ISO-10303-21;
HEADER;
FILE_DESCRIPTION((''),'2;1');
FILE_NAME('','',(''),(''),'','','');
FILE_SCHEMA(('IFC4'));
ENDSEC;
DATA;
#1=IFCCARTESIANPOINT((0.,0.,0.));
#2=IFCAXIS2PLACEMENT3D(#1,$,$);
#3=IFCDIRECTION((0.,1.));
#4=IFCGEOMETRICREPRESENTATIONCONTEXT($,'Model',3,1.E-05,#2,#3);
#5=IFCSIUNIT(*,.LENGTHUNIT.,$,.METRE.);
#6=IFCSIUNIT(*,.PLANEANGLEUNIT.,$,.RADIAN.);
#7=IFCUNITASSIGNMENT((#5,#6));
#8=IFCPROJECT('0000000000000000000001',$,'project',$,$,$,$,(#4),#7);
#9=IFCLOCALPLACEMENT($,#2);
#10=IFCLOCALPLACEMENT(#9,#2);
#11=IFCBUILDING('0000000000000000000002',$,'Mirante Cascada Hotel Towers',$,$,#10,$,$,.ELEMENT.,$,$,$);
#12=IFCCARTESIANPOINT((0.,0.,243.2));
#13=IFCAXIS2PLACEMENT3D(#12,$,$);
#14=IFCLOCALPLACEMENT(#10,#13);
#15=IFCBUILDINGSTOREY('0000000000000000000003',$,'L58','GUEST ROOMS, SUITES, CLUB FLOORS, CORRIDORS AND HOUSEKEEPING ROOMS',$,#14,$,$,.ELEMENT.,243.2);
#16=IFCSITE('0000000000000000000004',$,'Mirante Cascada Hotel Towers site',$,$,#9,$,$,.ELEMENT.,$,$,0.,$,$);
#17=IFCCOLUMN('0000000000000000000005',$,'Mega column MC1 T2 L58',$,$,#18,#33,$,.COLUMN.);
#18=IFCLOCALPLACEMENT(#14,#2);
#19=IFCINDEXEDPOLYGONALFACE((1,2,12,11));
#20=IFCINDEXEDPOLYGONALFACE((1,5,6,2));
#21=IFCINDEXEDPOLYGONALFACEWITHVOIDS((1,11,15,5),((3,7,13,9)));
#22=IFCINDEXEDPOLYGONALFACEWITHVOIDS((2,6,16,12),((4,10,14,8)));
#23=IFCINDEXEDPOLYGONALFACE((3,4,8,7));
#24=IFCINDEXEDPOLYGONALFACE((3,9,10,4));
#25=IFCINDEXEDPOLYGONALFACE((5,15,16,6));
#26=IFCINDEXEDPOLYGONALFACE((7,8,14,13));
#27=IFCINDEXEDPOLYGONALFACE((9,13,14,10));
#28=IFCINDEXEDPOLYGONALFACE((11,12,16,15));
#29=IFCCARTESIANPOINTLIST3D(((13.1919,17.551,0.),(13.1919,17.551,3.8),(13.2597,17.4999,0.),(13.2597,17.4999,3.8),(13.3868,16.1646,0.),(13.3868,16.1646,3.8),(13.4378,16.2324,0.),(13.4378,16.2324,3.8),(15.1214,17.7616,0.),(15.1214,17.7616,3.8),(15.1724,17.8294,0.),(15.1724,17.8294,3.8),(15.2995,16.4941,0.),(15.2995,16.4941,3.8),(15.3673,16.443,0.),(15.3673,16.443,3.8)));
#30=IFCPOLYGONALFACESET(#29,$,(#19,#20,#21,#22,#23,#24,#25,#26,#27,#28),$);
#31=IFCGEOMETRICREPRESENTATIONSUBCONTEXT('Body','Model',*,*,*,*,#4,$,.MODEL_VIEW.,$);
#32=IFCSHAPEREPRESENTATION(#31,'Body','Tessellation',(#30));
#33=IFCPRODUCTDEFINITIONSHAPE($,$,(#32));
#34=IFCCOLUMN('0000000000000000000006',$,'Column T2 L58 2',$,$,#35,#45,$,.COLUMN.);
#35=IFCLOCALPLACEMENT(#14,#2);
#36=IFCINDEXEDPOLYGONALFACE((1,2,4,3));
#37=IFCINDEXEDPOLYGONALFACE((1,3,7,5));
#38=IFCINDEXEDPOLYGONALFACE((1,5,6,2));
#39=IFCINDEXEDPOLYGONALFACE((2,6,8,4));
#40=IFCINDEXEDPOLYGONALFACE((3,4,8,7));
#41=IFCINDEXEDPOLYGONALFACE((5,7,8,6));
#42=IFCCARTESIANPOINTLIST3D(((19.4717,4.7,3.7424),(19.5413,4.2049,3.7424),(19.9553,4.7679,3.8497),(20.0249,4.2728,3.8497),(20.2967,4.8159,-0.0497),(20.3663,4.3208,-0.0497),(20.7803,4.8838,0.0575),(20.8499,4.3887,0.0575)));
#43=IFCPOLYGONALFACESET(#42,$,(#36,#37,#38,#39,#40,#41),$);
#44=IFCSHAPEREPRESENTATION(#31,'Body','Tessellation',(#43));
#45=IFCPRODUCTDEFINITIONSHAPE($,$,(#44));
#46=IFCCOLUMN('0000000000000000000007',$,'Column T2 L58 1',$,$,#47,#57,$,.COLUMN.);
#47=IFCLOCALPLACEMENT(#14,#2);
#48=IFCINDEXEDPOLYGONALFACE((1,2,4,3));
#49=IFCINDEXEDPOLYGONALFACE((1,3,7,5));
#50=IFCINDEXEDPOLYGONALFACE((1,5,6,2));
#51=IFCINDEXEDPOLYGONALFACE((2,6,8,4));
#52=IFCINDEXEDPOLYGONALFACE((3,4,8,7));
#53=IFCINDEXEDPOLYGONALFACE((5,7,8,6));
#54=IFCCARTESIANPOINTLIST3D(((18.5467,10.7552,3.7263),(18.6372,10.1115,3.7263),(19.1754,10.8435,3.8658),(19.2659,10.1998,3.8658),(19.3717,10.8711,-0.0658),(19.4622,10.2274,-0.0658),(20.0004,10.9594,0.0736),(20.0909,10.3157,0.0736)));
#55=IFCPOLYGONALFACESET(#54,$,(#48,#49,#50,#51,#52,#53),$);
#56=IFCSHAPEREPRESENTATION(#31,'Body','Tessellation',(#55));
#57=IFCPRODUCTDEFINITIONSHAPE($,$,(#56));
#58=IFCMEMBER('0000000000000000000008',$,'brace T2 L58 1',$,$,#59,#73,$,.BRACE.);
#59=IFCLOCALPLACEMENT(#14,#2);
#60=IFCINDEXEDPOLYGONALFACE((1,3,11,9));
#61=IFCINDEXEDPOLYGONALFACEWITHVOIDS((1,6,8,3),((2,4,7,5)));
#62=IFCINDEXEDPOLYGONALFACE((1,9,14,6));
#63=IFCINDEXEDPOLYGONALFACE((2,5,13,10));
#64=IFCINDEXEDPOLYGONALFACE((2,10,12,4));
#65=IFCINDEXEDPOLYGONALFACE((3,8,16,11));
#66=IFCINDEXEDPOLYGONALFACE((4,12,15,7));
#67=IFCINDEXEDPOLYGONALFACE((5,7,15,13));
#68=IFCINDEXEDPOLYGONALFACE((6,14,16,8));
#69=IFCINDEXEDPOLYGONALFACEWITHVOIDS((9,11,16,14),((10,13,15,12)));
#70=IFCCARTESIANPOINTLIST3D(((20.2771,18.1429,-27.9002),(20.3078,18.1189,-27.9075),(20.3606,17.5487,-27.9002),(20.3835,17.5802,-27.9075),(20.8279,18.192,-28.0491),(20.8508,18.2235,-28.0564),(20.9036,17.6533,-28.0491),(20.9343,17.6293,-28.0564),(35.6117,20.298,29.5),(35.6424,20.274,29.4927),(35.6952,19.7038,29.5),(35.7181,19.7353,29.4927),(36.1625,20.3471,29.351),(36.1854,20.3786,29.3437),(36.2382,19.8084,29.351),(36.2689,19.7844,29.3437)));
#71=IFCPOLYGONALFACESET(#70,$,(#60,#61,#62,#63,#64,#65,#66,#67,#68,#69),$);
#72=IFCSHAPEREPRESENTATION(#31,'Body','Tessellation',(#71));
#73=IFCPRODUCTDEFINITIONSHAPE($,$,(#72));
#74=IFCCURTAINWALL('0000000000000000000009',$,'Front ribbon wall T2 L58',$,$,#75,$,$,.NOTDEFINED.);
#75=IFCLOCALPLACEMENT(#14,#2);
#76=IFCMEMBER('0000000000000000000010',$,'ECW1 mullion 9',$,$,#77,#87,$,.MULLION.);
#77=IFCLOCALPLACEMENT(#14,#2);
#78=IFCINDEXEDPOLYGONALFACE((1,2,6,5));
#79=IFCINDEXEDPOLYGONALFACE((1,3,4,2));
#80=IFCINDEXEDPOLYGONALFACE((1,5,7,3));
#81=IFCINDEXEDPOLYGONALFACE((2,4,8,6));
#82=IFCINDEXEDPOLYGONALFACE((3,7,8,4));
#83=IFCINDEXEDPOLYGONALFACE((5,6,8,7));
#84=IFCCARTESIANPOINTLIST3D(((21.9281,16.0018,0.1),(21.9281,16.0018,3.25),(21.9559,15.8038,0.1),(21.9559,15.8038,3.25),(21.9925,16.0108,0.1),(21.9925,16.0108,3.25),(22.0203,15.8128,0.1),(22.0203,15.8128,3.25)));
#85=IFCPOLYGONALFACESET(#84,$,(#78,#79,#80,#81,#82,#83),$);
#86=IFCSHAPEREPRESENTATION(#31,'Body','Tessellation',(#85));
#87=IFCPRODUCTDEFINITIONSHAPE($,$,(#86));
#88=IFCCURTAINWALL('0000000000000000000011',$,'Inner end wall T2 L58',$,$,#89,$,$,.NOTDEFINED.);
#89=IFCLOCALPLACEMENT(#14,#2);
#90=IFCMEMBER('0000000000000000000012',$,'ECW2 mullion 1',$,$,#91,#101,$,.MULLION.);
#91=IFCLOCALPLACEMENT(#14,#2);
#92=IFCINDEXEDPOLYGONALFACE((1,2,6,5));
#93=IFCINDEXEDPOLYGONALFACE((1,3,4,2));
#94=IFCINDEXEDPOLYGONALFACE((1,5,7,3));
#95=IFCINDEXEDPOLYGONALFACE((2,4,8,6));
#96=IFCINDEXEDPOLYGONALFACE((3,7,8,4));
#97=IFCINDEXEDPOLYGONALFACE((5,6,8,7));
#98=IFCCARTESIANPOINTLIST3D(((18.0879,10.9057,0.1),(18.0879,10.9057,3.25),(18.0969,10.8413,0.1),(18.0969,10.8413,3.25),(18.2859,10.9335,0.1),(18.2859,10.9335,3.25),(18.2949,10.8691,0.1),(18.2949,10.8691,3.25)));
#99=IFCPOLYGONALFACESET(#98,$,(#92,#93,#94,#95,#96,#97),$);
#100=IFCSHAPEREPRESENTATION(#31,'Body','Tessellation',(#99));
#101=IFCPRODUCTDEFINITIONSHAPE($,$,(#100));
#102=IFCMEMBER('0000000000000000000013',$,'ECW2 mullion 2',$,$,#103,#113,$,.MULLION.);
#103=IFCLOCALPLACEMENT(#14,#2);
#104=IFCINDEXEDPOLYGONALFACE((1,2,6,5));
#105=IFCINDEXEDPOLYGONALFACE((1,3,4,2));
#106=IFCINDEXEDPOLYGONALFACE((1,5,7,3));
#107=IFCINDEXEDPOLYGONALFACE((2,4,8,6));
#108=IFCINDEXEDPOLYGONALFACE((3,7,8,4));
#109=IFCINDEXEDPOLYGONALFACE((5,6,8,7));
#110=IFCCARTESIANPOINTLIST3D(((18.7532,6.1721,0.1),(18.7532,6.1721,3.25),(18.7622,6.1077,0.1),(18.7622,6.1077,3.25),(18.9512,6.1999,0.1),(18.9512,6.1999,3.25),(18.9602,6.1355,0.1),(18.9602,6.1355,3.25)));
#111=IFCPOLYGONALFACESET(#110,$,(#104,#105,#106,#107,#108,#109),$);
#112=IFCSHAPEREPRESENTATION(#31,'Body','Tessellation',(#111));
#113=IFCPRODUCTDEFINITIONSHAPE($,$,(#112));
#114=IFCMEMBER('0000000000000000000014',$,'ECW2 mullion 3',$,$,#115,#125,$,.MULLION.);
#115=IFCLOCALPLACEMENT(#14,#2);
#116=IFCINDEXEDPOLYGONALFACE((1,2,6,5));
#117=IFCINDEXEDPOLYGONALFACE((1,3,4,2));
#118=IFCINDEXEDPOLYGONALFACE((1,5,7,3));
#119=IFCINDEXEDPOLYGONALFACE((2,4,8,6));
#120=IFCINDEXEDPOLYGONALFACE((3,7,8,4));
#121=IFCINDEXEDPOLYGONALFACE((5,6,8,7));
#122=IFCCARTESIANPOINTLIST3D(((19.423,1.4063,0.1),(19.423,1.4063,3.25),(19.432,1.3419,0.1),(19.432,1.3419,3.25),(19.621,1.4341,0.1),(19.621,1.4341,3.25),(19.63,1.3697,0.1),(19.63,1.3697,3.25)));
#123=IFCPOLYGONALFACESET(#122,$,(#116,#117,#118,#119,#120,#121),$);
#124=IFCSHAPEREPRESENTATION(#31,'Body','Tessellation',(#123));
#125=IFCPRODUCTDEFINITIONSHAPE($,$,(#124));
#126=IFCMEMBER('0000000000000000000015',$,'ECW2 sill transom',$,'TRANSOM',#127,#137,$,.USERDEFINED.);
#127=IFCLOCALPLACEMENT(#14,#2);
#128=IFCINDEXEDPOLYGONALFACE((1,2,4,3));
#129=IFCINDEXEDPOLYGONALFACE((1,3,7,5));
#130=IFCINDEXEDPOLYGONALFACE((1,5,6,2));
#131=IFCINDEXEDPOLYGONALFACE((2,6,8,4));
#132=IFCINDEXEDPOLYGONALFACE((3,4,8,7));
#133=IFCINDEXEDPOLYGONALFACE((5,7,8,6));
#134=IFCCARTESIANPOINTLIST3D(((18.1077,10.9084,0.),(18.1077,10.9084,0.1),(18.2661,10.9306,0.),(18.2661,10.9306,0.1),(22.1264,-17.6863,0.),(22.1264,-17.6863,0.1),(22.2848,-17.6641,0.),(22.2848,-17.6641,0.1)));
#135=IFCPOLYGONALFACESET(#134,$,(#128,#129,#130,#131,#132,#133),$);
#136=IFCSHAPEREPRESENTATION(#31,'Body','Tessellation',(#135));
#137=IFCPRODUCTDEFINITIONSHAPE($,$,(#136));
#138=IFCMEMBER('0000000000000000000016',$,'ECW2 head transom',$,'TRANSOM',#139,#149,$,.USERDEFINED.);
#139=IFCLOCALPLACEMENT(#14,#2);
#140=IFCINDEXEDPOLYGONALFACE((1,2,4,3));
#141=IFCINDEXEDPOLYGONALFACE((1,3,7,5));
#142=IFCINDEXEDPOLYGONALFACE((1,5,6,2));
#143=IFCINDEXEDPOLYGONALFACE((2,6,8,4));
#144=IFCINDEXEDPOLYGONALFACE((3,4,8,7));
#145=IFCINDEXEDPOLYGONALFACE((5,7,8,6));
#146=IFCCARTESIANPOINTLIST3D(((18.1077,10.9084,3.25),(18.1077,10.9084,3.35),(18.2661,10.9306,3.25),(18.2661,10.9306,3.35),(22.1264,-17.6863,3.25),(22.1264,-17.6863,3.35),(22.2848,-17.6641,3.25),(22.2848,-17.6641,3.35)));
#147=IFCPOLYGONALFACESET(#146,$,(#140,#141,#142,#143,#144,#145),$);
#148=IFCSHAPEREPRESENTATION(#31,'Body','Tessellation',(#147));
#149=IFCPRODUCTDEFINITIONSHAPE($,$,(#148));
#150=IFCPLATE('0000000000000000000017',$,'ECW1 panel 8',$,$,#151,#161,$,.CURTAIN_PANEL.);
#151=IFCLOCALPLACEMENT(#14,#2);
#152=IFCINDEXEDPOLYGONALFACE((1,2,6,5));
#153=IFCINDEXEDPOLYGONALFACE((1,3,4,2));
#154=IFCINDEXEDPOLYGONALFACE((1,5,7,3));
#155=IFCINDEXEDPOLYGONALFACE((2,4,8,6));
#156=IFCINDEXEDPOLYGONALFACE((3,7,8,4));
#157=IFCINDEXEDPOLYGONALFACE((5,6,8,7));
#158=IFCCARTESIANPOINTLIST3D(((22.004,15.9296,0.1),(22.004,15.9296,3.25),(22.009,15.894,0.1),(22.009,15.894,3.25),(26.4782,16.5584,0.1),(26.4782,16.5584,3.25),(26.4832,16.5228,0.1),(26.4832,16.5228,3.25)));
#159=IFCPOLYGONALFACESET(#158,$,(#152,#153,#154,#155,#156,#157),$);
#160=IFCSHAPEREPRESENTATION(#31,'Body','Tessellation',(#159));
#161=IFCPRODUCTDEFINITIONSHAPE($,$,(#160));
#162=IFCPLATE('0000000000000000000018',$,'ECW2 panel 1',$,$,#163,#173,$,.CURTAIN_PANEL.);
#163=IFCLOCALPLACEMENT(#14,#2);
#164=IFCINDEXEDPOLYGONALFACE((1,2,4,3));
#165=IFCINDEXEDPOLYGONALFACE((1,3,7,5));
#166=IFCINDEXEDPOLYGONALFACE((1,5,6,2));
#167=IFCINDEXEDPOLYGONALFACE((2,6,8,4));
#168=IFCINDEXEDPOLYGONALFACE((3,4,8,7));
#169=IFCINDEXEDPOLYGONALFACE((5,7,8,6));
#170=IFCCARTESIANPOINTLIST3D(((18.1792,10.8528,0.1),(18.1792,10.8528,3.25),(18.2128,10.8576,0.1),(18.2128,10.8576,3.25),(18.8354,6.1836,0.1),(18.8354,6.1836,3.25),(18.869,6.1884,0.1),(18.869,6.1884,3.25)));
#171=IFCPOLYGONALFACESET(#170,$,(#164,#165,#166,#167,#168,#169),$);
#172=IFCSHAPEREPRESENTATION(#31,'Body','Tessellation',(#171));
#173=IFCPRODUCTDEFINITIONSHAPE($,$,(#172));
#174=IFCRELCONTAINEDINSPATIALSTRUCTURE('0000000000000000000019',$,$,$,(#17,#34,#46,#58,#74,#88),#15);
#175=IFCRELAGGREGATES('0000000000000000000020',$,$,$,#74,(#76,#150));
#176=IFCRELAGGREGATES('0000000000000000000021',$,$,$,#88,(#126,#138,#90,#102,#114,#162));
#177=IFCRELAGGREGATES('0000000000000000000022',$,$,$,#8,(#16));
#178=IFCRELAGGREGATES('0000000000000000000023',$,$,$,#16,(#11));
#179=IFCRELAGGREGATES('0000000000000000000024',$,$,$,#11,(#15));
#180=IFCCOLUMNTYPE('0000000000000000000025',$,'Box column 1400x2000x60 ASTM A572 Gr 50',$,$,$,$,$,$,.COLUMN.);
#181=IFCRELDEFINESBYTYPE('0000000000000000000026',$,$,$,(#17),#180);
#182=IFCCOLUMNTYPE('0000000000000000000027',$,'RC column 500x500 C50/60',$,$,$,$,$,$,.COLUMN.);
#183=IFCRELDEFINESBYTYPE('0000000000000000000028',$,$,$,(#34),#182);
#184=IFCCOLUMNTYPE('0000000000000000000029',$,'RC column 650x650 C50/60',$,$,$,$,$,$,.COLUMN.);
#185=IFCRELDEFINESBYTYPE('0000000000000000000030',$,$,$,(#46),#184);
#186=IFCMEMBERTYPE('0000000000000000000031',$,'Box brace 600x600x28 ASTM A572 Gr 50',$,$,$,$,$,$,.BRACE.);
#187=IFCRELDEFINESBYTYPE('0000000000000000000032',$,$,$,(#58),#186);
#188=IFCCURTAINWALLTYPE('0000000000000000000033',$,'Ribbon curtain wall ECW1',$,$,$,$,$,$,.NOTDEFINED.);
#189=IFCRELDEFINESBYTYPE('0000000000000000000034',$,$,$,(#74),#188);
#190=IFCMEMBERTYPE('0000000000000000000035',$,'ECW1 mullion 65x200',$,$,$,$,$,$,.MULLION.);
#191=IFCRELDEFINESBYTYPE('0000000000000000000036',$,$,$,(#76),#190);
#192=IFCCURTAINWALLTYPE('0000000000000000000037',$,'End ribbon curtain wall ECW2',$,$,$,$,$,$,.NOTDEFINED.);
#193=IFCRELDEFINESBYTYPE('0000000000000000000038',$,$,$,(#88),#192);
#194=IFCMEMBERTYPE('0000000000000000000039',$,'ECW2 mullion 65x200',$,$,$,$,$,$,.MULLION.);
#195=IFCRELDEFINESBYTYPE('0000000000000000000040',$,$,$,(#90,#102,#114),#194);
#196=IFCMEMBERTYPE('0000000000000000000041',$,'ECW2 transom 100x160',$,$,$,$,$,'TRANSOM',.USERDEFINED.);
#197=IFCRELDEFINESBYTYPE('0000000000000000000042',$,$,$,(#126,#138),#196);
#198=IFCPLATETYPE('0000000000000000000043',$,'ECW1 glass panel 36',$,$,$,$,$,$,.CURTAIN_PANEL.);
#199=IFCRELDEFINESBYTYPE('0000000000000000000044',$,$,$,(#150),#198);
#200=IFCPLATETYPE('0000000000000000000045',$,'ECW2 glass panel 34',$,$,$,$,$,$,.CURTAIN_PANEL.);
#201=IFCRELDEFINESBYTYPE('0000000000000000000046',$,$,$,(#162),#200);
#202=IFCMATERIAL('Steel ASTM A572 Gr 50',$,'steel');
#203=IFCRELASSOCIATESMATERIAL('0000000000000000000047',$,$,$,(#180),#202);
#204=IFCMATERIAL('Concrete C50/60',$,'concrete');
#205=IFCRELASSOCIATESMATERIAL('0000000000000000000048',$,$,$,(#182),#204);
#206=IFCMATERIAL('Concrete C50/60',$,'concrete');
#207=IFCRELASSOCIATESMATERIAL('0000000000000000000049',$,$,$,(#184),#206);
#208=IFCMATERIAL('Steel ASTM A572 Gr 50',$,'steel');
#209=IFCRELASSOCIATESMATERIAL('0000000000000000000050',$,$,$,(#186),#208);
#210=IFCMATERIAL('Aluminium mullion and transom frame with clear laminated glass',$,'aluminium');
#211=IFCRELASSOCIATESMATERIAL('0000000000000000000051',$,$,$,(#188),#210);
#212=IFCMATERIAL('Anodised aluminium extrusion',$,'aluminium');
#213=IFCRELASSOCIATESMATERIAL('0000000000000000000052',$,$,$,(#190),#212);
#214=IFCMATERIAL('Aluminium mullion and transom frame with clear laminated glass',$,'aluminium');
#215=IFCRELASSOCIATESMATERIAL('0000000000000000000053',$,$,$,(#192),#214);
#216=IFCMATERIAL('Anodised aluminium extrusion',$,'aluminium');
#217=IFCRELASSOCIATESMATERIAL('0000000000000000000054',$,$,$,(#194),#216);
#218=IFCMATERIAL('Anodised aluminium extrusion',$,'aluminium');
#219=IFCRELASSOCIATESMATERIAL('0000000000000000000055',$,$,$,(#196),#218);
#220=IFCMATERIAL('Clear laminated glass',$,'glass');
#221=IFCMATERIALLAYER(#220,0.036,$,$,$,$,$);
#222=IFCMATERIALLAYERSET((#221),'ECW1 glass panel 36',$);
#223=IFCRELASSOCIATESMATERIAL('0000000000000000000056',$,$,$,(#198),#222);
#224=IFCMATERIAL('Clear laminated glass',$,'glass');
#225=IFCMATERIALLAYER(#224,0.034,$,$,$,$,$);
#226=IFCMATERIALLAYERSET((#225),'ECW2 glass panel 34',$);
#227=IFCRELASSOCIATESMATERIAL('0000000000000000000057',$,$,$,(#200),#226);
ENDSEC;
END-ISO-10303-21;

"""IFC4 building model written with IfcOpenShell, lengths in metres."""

from ifc_helpers import new_model, si_unit, direction, frame, origin, origin_2d, place, context, subcontext, project, spatial, rectangle, hollow_rectangle, extrude, material, layer, layer_set, material_profile, profile_set, type_object, element, aggregate, save


model = new_model("IFC4")

# Units and contexts
model_context = context("Model", 3, precision=1e-05, world=origin(), true_north=direction((0.0, 1.0)))
body_context = subcontext(model_context, "Body", "Model", "MODEL_VIEW")
ifc_project = project(units=[si_unit("LENGTHUNIT", "METRE"), si_unit("PLANEANGLEUNIT", "RADIAN")], contexts=[model_context])

# Site, building, storey
site_placement = place(None, origin())
site = spatial("IfcSite", under=ifc_project, at=site_placement, Name="Mirante Cascada Hotel Towers site", CompositionType="ELEMENT", RefElevation=0.0)
building_placement = place(site_placement, origin())
building = spatial("IfcBuilding", under=site, at=building_placement, Name="Mirante Cascada Hotel Towers", CompositionType="ELEMENT")
storey_placement = place(building_placement, frame((0.0, 0.0, 243.2)))
storey = spatial("IfcBuildingStorey", under=building, at=storey_placement, Name="L58", Description="GUEST ROOMS, SUITES, CLUB FLOORS, CORRIDORS AND HOUSEKEEPING ROOMS", CompositionType="ELEMENT", Elevation=243.2)

# Columns
ifc_material_1 = material(Name="Steel ASTM A572 Gr 50", Category="steel")
ifc_material_profile_1 = material_profile(ifc_material_1, hollow_rectangle(XDim=2.0, YDim=1.4, WallThickness=0.06, at=origin_2d()), Name="Box column 1400x2000x60 ASTM A572 Gr 50")
ifc_profile_set_1 = profile_set([ifc_material_profile_1], Name="Steel ASTM A572 Gr 50")
column_type_1 = type_object("IfcColumnType", Name="Box column 1400x2000x60 ASTM A572 Gr 50", PredefinedType="COLUMN", material=ifc_profile_set_1)
column_1_placement = place(storey_placement, frame((14.2796, 16.997, 0.0), z_axis=(0.0, 0.0, 1.0), x_axis=(0.990268, 0.139173, 0.0)))
element("IfcColumn", 1, at=column_1_placement, inside=storey, type_object=column_type_1, Name="Mega column MC1 T2 L58", PredefinedType="COLUMN", context=body_context, shape_type="SweptSolid", body=[
    extrude(hollow_rectangle(XDim=2.0, YDim=1.4, WallThickness=0.06, at=origin_2d()), origin(), (0.0, 0.0, 1.0), 3.8),
])
ifc_material_2 = material(Name="Concrete C50/60", Category="concrete")
ifc_material_profile_2 = material_profile(ifc_material_2, rectangle(XDim=0.5, YDim=0.5, at=origin_2d()), Name="RC column 500x500 C50/60")
ifc_profile_set_2 = profile_set([ifc_material_profile_2], Name="Concrete C50/60")
column_type_2 = type_object("IfcColumnType", Name="RC column 500x500 C50/60", PredefinedType="COLUMN", material=ifc_profile_set_2)
column_2_placement = place(storey_placement, frame((20.5733, 4.6023, 0.0039), z_axis=(-0.212485, -0.029851, 0.976708), x_axis=(0.139119, -0.990276, 0.0)))
element("IfcColumn", 2, at=column_2_placement, inside=storey, type_object=column_type_2, Name="Column T2 L58 2", PredefinedType="COLUMN", context=body_context, shape_type="SweptSolid", body=[
    extrude(rectangle(XDim=0.5, YDim=0.5, at=origin_2d()), origin(), (0.0, 0.0, 1.0), 3.8826),
])
ifc_material_3 = material(Name="Concrete C50/60", Category="concrete")
ifc_material_profile_3 = material_profile(ifc_material_3, rectangle(XDim=0.65, YDim=0.65, at=origin_2d()), Name="RC column 650x650 C50/60")
ifc_profile_set_3 = profile_set([ifc_material_profile_3], Name="Concrete C50/60")
column_type_3 = type_object("IfcColumnType", Name="RC column 650x650 C50/60", PredefinedType="COLUMN", material=ifc_profile_set_3)
column_3_placement = place(storey_placement, frame((19.7313, 10.5934, 0.0039), z_axis=(-0.212485, -0.029851, 0.976708), x_axis=(0.139119, -0.990276, 0.0)))
element("IfcColumn", 3, at=column_3_placement, inside=storey, type_object=column_type_3, Name="Column T2 L58 1", PredefinedType="COLUMN", context=body_context, shape_type="SweptSolid", body=[
    extrude(rectangle(XDim=0.65, YDim=0.65, at=origin_2d()), origin(), (0.0, 0.0, 1.0), 3.8826),
])

# Member
ifc_material_4 = material(Name="Steel ASTM A572 Gr 50", Category="steel")
ifc_material_profile_4 = material_profile(ifc_material_4, hollow_rectangle(XDim=0.6, YDim=0.6, WallThickness=0.028, at=origin_2d()), Name="Box brace 600x600x28 ASTM A572 Gr 50")
ifc_profile_set_4 = profile_set([ifc_material_profile_4], Name="Steel ASTM A572 Gr 50")
member_type_1 = type_object("IfcMemberType", Name="Box brace 600x600x28 ASTM A572 Gr 50", PredefinedType="BRACE", material=ifc_profile_set_4)
member_1_placement = place(storey_placement, frame((20.6057, 17.8861, -27.9783), z_axis=(0.257931, 0.036249, 0.965483), x_axis=(-0.139171, 0.990268, 0.0)))
element("IfcMember", 4, at=member_1_placement, inside=storey, type_object=member_type_1, Name="brace T2 L58 1", PredefinedType="BRACE", context=body_context, shape_type="SweptSolid", body=[
    extrude(hollow_rectangle(XDim=0.6, YDim=0.6, WallThickness=0.028, at=origin_2d()), origin(), (0.0, 0.0, 1.0), 59.4523),
])

# Curtain wall, member
ifc_material_5 = material(Name="Aluminium mullion and transom frame with clear laminated glass", Category="aluminium")
curtain_wall_type_1 = type_object("IfcCurtainWallType", Name="Ribbon curtain wall ECW1", PredefinedType="NOTDEFINED", material=ifc_material_5)
curtain_wall_1_placement = place(storey_placement, origin())
curtain_wall_1 = element("IfcCurtainWall", 5, at=curtain_wall_1_placement, inside=storey, type_object=curtain_wall_type_1, Name="Front ribbon wall T2 L58", PredefinedType="NOTDEFINED")
ifc_material_6 = material(Name="Anodised aluminium extrusion", Category="aluminium")
ifc_material_profile_5 = material_profile(ifc_material_6, rectangle(XDim=0.2, YDim=0.065, at=origin_2d()), Name="ECW1 MULLION 65x200")
ifc_profile_set_5 = profile_set([ifc_material_profile_5], Name="Anodised aluminium extrusion")
member_type_2 = type_object("IfcMemberType", Name="ECW1 mullion 65x200", PredefinedType="MULLION", material=ifc_profile_set_5)
member_2_placement = place(storey_placement, frame((21.9742, 15.9073, 0.1), z_axis=(0.0, 0.0, 1.0), x_axis=(0.139173, -0.990268, 0.0)))
member_2 = element("IfcMember", 6, at=member_2_placement, type_object=member_type_2, Name="ECW1 mullion 9", PredefinedType="MULLION", context=body_context, shape_type="SweptSolid", body=[
    extrude(rectangle(XDim=0.2, YDim=0.065, at=origin_2d()), origin(), (0.0, 0.0, 1.0), 3.15),
])

# Curtain wall, members
ifc_material_7 = material(Name="Aluminium mullion and transom frame with clear laminated glass", Category="aluminium")
curtain_wall_type_2 = type_object("IfcCurtainWallType", Name="End ribbon curtain wall ECW2", PredefinedType="NOTDEFINED", material=ifc_material_7)
curtain_wall_2_placement = place(storey_placement, origin())
curtain_wall_2 = element("IfcCurtainWall", 7, at=curtain_wall_2_placement, inside=storey, type_object=curtain_wall_type_2, Name="Inner end wall T2 L58", PredefinedType="NOTDEFINED")
ifc_material_8 = material(Name="Anodised aluminium extrusion", Category="aluminium")
ifc_material_profile_6 = material_profile(ifc_material_8, rectangle(XDim=0.2, YDim=0.065, at=origin_2d()), Name="ECW2 MULLION 65x200")
ifc_profile_set_6 = profile_set([ifc_material_profile_6], Name="Anodised aluminium extrusion")
member_type_3 = type_object("IfcMemberType", Name="ECW2 mullion 65x200", PredefinedType="MULLION", material=ifc_profile_set_6)
member_3_placement = place(storey_placement, frame((18.1914, 10.8874, 0.1), z_axis=(0.0, 0.0, 1.0), x_axis=(0.990268, 0.139173, 0.0)))
member_3 = element("IfcMember", 8, at=member_3_placement, type_object=member_type_3, Name="ECW2 mullion 1", PredefinedType="MULLION", context=body_context, shape_type="SweptSolid", body=[
    extrude(rectangle(XDim=0.2, YDim=0.065, at=origin_2d()), origin(), (0.0, 0.0, 1.0), 3.15),
])
member_4_placement = place(storey_placement, frame((18.8567, 6.1538, 0.1), z_axis=(0.0, 0.0, 1.0), x_axis=(0.990268, 0.139173, 0.0)))
member_4 = element("IfcMember", 9, at=member_4_placement, type_object=member_type_3, Name="ECW2 mullion 2", PredefinedType="MULLION", context=body_context, shape_type="SweptSolid", body=[
    extrude(rectangle(XDim=0.2, YDim=0.065, at=origin_2d()), origin(), (0.0, 0.0, 1.0), 3.15),
])
member_5_placement = place(storey_placement, frame((19.5265, 1.388, 0.1), z_axis=(0.0, 0.0, 1.0), x_axis=(0.990268, 0.139173, 0.0)))
member_5 = element("IfcMember", 10, at=member_5_placement, type_object=member_type_3, Name="ECW2 mullion 3", PredefinedType="MULLION", context=body_context, shape_type="SweptSolid", body=[
    extrude(rectangle(XDim=0.2, YDim=0.065, at=origin_2d()), origin(), (0.0, 0.0, 1.0), 3.15),
])
ifc_material_9 = material(Name="Anodised aluminium extrusion", Category="aluminium")
ifc_material_profile_7 = material_profile(ifc_material_9, rectangle(XDim=0.16, YDim=0.1, at=origin_2d()), Name="ECW2 TRANSOM 100x160")
ifc_profile_set_7 = profile_set([ifc_material_profile_7], Name="Anodised aluminium extrusion")
member_type_4 = type_object("IfcMemberType", Name="ECW2 transom 100x160", ElementType="TRANSOM", PredefinedType="USERDEFINED", material=ifc_profile_set_7)
member_6_placement = place(storey_placement, frame((18.1869, 10.9195, 0.05), z_axis=(0.139172, -0.990268, 0.0), x_axis=(0.990268, 0.139172, 0.0)))
member_6 = element("IfcMember", 11, at=member_6_placement, type_object=member_type_4, Name="ECW2 sill transom", ObjectType="TRANSOM", PredefinedType="USERDEFINED", context=body_context, shape_type="SweptSolid", body=[
    extrude(rectangle(XDim=0.16, YDim=0.1, at=origin_2d()), origin(), (0.0, 0.0, 1.0), 28.8757),
])
member_7_placement = place(storey_placement, frame((18.1869, 10.9195, 3.3), z_axis=(0.139172, -0.990268, 0.0), x_axis=(0.990268, 0.139172, 0.0)))
member_7 = element("IfcMember", 12, at=member_7_placement, type_object=member_type_4, Name="ECW2 head transom", ObjectType="TRANSOM", PredefinedType="USERDEFINED", context=body_context, shape_type="SweptSolid", body=[
    extrude(rectangle(XDim=0.16, YDim=0.1, at=origin_2d()), origin(), (0.0, 0.0, 1.0), 28.8757),
])

# Plates
ifc_material_10 = material(Name="Clear laminated glass", Category="glass")
ifc_layer_1 = layer(ifc_material_10, 0.036)
ifc_layer_set_1 = layer_set([ifc_layer_1], Name="ECW1 glass panel 36")
plate_type_1 = type_object("IfcPlateType", Name="ECW1 glass panel 36", PredefinedType="CURTAIN_PANEL", material=ifc_layer_set_1)
plate_1_placement = place(storey_placement, frame((24.2436, 16.2262, 0.1), z_axis=(0.0, 0.0, 1.0), x_axis=(-0.990268, -0.139173, 0.0)))
plate_1 = element("IfcPlate", 13, at=plate_1_placement, type_object=plate_type_1, Name="ECW1 panel 8", PredefinedType="CURTAIN_PANEL", context=body_context, shape_type="SweptSolid", body=[
    extrude(rectangle(XDim=4.5182, YDim=0.036, at=origin_2d()), origin(), (0.0, 0.0, 1.0), 3.15),
])
aggregate(curtain_wall_1, [member_2, plate_1])
ifc_material_11 = material(Name="Clear laminated glass", Category="glass")
ifc_layer_2 = layer(ifc_material_11, 0.034)
ifc_layer_set_2 = layer_set([ifc_layer_2], Name="ECW2 glass panel 34")
plate_type_2 = type_object("IfcPlateType", Name="ECW2 glass panel 34", PredefinedType="CURTAIN_PANEL", material=ifc_layer_set_2)
plate_2_placement = place(storey_placement, frame((18.5241, 8.5206, 0.1), z_axis=(0.0, 0.0, 1.0), x_axis=(0.139173, -0.990268, 0.0)))
plate_2 = element("IfcPlate", 14, at=plate_2_placement, type_object=plate_type_2, Name="ECW2 panel 1", PredefinedType="CURTAIN_PANEL", context=body_context, shape_type="SweptSolid", body=[
    extrude(rectangle(XDim=4.7151, YDim=0.034, at=origin_2d()), origin(), (0.0, 0.0, 1.0), 3.15),
])
aggregate(curtain_wall_2, [member_6, member_7, member_3, member_4, member_5, plate_2])

save(model, "model.ifc")
